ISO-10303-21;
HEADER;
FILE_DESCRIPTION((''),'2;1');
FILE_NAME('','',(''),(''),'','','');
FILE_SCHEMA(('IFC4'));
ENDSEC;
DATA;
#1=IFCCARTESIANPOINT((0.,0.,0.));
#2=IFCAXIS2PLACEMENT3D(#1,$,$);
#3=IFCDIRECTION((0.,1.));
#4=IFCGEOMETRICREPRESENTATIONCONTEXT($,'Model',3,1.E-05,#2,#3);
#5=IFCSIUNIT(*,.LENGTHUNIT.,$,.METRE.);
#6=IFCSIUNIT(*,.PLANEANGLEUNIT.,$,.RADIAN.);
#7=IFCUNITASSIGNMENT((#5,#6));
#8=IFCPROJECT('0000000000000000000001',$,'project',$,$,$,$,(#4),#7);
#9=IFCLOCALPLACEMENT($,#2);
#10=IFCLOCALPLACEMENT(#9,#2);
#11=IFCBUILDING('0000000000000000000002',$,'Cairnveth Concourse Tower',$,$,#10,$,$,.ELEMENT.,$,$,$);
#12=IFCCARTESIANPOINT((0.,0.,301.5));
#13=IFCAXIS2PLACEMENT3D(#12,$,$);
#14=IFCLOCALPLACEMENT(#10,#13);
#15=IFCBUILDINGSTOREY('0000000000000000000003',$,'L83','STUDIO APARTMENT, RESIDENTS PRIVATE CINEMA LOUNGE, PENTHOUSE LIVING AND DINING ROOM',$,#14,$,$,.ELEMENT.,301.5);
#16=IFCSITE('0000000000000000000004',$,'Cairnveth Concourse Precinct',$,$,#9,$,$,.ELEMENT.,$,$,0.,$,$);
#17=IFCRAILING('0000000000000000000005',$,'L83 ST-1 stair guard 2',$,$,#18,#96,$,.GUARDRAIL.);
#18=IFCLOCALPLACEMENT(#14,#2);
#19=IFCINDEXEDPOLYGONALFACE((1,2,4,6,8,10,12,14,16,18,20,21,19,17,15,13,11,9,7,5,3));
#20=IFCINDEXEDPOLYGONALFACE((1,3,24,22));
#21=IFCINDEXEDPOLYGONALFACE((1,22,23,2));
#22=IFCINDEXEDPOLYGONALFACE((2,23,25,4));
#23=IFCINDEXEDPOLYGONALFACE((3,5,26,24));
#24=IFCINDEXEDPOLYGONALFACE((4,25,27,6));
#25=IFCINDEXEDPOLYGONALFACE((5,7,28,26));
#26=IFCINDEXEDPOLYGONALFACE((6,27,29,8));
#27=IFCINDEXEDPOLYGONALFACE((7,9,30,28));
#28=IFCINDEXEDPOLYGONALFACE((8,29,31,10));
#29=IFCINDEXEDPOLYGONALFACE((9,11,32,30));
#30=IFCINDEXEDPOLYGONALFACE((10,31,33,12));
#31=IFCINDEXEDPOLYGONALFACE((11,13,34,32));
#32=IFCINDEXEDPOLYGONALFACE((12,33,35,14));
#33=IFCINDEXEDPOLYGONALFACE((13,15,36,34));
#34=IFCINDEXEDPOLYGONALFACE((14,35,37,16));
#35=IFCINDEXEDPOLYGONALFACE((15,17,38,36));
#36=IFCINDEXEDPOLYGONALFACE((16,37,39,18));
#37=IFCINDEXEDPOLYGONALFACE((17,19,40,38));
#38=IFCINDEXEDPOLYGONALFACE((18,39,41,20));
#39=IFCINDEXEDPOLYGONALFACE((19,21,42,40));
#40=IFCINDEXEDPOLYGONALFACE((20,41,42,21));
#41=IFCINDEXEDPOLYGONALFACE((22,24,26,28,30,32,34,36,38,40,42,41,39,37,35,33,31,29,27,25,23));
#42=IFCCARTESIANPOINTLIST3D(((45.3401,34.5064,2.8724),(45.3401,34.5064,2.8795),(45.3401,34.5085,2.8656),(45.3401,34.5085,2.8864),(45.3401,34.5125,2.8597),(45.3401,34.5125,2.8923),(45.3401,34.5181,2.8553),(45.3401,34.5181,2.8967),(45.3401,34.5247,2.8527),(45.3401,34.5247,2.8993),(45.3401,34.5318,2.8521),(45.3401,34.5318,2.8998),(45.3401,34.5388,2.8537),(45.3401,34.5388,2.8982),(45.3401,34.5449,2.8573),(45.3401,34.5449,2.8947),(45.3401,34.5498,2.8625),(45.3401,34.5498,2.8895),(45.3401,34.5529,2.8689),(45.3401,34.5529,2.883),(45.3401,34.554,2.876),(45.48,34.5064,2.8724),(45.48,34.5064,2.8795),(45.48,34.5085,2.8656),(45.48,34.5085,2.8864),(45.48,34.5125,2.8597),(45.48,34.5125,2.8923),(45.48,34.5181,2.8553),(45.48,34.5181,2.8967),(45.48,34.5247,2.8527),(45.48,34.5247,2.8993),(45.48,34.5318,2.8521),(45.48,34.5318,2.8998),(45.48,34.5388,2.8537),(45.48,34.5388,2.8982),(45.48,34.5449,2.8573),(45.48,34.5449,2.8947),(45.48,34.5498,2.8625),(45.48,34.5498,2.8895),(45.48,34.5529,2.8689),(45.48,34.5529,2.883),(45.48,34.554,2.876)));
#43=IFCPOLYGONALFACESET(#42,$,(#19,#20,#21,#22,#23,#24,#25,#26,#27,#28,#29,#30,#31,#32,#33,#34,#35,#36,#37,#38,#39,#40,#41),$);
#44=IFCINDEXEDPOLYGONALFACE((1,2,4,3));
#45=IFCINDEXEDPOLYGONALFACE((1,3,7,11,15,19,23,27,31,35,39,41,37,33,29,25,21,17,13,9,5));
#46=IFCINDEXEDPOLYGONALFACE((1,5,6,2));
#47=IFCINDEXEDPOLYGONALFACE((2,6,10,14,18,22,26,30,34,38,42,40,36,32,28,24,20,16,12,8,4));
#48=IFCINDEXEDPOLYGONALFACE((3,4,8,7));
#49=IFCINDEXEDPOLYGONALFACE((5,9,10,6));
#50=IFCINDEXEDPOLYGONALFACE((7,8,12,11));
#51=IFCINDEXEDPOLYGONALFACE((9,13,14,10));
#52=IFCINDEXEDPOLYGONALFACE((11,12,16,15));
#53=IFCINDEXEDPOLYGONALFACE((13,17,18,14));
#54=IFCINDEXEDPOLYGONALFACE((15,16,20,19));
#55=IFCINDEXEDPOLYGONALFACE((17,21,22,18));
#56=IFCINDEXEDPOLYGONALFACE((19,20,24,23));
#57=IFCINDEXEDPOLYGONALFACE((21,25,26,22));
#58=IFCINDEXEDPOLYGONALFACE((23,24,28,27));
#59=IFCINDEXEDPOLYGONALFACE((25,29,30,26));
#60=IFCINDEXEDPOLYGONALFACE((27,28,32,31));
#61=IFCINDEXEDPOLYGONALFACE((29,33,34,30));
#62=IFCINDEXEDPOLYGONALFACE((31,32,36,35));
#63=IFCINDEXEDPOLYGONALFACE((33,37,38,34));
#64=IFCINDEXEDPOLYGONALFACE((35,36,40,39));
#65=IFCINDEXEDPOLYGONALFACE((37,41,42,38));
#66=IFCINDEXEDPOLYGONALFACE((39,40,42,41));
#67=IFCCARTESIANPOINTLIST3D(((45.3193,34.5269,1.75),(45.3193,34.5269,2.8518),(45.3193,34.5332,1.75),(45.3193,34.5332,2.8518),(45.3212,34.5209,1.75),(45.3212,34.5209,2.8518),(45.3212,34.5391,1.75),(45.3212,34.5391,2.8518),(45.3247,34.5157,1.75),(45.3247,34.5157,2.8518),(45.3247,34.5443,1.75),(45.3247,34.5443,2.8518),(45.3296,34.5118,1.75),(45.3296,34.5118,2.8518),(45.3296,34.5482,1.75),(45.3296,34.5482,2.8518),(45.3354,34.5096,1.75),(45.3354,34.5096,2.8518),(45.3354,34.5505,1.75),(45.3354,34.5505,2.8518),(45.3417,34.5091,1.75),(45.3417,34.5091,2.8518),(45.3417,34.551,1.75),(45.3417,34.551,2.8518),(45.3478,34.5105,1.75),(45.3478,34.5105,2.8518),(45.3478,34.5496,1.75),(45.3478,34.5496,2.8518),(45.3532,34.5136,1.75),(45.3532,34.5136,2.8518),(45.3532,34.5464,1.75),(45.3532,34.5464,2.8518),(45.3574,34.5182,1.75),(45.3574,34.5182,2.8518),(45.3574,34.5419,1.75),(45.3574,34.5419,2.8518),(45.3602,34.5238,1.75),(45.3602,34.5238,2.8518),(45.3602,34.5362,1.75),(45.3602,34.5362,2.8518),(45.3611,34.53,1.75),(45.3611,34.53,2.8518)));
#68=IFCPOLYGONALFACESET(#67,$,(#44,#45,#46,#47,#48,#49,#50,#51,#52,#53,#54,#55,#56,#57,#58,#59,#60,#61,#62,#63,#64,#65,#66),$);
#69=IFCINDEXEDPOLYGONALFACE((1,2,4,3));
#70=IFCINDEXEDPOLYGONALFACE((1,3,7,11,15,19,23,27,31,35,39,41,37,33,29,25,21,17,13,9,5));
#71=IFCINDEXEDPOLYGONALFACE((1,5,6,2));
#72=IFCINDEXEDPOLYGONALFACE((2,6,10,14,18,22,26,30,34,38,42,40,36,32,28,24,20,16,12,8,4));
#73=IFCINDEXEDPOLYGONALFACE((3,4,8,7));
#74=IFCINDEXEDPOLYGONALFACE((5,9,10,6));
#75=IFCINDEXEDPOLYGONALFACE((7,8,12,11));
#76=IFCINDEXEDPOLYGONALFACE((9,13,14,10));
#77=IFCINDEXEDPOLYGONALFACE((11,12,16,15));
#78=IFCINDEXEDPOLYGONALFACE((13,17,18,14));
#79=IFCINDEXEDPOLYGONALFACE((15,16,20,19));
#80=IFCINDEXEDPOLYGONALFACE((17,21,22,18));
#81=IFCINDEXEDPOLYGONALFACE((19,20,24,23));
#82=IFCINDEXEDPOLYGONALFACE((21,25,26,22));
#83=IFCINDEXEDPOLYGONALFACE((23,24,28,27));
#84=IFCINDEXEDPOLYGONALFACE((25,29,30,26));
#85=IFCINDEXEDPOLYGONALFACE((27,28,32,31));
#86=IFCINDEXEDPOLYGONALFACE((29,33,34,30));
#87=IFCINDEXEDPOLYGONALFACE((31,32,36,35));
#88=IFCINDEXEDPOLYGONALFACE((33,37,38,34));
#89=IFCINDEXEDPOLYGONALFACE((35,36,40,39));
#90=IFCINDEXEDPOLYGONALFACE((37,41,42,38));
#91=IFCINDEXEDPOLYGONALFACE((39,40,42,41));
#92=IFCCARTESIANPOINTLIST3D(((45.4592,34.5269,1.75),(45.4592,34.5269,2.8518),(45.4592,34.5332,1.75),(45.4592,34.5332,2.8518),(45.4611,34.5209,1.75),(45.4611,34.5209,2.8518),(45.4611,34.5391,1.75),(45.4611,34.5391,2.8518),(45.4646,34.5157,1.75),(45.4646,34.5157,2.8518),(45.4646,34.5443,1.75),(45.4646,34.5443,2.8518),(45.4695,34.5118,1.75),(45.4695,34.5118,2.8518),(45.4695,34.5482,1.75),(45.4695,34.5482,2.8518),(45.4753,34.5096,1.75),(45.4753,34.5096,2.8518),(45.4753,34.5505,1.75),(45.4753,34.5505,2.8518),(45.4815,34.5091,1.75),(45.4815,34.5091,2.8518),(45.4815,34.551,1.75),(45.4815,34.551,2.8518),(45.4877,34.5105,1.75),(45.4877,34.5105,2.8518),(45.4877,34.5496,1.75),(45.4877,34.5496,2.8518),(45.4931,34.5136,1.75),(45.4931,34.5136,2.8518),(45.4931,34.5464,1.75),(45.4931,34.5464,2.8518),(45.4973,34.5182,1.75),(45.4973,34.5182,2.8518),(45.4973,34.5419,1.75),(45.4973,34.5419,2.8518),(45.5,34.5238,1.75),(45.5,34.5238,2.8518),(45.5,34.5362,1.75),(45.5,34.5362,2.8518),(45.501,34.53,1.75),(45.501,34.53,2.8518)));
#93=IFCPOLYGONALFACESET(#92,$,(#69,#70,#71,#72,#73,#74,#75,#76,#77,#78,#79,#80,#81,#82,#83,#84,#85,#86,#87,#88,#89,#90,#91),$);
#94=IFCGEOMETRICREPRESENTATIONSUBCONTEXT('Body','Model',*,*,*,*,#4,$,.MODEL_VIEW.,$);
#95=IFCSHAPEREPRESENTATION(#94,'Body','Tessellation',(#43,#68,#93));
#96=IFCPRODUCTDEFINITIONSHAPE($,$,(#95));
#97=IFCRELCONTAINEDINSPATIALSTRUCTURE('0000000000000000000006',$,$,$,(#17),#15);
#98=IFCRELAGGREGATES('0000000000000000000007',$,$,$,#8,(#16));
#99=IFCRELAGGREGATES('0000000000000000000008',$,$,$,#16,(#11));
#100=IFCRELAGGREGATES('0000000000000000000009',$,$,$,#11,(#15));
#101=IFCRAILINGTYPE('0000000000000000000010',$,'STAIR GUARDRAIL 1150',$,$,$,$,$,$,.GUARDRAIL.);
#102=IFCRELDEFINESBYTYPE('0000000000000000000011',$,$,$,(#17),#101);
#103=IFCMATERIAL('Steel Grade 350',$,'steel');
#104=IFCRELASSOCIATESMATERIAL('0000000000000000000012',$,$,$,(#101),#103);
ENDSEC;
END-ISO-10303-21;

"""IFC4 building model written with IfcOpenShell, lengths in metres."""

from ifc_helpers import new_model, si_unit, direction, frame, origin, origin_2d, place, context, subcontext, project, spatial, circle, extrude, material, type_object, element, save


model = new_model("IFC4")

# Units and contexts
model_context = context("Model", 3, precision=1e-05, world=origin(), true_north=direction((0.0, 1.0)))
body_context = subcontext(model_context, "Body", "Model", "MODEL_VIEW")
ifc_project = project(units=[si_unit("LENGTHUNIT", "METRE"), si_unit("PLANEANGLEUNIT", "RADIAN")], contexts=[model_context])

# Site, building, storey
site_placement = place(None, origin())
site = spatial("IfcSite", under=ifc_project, at=site_placement, Name="Cairnveth Concourse Precinct", CompositionType="ELEMENT", RefElevation=0.0)
building_placement = place(site_placement, origin())
building = spatial("IfcBuilding", under=site, at=building_placement, Name="Cairnveth Concourse Tower", CompositionType="ELEMENT")
storey_placement = place(building_placement, frame((0.0, 0.0, 301.5)))
storey = spatial("IfcBuildingStorey", under=building, at=storey_placement, Name="L83", Description="STUDIO APARTMENT, RESIDENTS PRIVATE CINEMA LOUNGE, PENTHOUSE LIVING AND DINING ROOM", CompositionType="ELEMENT", Elevation=301.5)

# Shared definitions
ifc_material_1 = material(Name="Steel Grade 350", Category="steel")

# Railing
railing_type_1 = type_object("IfcRailingType", Name="STAIR GUARDRAIL 1150", PredefinedType="GUARDRAIL", material=ifc_material_1)
railing_1_placement = place(storey_placement, frame((45.3401, 34.53, 1.75)))
element("IfcRailing", 1, at=railing_1_placement, inside=storey, type_object=railing_type_1, Name="L83 ST-1 stair guard 2", PredefinedType="GUARDRAIL", context=body_context, shape_type="SweptSolid", body=[
    extrude(circle(Radius=0.0239, at=origin_2d()), frame((0.0, 0.0, 1.126), z_axis=(1.0, 0.0, 0.0), x_axis=(0.0, 1.0, 0.0)), (0.0, 0.0, 1.0), 0.1399),
    extrude(circle(Radius=0.021, at=origin_2d()), origin(), (0.0, 0.0, 1.0), 1.1018),
    extrude(circle(Radius=0.021, at=origin_2d()), frame((0.1399, 0.0, 0.0)), (0.0, 0.0, 1.0), 1.1018),
])

save(model, "model.ifc")
